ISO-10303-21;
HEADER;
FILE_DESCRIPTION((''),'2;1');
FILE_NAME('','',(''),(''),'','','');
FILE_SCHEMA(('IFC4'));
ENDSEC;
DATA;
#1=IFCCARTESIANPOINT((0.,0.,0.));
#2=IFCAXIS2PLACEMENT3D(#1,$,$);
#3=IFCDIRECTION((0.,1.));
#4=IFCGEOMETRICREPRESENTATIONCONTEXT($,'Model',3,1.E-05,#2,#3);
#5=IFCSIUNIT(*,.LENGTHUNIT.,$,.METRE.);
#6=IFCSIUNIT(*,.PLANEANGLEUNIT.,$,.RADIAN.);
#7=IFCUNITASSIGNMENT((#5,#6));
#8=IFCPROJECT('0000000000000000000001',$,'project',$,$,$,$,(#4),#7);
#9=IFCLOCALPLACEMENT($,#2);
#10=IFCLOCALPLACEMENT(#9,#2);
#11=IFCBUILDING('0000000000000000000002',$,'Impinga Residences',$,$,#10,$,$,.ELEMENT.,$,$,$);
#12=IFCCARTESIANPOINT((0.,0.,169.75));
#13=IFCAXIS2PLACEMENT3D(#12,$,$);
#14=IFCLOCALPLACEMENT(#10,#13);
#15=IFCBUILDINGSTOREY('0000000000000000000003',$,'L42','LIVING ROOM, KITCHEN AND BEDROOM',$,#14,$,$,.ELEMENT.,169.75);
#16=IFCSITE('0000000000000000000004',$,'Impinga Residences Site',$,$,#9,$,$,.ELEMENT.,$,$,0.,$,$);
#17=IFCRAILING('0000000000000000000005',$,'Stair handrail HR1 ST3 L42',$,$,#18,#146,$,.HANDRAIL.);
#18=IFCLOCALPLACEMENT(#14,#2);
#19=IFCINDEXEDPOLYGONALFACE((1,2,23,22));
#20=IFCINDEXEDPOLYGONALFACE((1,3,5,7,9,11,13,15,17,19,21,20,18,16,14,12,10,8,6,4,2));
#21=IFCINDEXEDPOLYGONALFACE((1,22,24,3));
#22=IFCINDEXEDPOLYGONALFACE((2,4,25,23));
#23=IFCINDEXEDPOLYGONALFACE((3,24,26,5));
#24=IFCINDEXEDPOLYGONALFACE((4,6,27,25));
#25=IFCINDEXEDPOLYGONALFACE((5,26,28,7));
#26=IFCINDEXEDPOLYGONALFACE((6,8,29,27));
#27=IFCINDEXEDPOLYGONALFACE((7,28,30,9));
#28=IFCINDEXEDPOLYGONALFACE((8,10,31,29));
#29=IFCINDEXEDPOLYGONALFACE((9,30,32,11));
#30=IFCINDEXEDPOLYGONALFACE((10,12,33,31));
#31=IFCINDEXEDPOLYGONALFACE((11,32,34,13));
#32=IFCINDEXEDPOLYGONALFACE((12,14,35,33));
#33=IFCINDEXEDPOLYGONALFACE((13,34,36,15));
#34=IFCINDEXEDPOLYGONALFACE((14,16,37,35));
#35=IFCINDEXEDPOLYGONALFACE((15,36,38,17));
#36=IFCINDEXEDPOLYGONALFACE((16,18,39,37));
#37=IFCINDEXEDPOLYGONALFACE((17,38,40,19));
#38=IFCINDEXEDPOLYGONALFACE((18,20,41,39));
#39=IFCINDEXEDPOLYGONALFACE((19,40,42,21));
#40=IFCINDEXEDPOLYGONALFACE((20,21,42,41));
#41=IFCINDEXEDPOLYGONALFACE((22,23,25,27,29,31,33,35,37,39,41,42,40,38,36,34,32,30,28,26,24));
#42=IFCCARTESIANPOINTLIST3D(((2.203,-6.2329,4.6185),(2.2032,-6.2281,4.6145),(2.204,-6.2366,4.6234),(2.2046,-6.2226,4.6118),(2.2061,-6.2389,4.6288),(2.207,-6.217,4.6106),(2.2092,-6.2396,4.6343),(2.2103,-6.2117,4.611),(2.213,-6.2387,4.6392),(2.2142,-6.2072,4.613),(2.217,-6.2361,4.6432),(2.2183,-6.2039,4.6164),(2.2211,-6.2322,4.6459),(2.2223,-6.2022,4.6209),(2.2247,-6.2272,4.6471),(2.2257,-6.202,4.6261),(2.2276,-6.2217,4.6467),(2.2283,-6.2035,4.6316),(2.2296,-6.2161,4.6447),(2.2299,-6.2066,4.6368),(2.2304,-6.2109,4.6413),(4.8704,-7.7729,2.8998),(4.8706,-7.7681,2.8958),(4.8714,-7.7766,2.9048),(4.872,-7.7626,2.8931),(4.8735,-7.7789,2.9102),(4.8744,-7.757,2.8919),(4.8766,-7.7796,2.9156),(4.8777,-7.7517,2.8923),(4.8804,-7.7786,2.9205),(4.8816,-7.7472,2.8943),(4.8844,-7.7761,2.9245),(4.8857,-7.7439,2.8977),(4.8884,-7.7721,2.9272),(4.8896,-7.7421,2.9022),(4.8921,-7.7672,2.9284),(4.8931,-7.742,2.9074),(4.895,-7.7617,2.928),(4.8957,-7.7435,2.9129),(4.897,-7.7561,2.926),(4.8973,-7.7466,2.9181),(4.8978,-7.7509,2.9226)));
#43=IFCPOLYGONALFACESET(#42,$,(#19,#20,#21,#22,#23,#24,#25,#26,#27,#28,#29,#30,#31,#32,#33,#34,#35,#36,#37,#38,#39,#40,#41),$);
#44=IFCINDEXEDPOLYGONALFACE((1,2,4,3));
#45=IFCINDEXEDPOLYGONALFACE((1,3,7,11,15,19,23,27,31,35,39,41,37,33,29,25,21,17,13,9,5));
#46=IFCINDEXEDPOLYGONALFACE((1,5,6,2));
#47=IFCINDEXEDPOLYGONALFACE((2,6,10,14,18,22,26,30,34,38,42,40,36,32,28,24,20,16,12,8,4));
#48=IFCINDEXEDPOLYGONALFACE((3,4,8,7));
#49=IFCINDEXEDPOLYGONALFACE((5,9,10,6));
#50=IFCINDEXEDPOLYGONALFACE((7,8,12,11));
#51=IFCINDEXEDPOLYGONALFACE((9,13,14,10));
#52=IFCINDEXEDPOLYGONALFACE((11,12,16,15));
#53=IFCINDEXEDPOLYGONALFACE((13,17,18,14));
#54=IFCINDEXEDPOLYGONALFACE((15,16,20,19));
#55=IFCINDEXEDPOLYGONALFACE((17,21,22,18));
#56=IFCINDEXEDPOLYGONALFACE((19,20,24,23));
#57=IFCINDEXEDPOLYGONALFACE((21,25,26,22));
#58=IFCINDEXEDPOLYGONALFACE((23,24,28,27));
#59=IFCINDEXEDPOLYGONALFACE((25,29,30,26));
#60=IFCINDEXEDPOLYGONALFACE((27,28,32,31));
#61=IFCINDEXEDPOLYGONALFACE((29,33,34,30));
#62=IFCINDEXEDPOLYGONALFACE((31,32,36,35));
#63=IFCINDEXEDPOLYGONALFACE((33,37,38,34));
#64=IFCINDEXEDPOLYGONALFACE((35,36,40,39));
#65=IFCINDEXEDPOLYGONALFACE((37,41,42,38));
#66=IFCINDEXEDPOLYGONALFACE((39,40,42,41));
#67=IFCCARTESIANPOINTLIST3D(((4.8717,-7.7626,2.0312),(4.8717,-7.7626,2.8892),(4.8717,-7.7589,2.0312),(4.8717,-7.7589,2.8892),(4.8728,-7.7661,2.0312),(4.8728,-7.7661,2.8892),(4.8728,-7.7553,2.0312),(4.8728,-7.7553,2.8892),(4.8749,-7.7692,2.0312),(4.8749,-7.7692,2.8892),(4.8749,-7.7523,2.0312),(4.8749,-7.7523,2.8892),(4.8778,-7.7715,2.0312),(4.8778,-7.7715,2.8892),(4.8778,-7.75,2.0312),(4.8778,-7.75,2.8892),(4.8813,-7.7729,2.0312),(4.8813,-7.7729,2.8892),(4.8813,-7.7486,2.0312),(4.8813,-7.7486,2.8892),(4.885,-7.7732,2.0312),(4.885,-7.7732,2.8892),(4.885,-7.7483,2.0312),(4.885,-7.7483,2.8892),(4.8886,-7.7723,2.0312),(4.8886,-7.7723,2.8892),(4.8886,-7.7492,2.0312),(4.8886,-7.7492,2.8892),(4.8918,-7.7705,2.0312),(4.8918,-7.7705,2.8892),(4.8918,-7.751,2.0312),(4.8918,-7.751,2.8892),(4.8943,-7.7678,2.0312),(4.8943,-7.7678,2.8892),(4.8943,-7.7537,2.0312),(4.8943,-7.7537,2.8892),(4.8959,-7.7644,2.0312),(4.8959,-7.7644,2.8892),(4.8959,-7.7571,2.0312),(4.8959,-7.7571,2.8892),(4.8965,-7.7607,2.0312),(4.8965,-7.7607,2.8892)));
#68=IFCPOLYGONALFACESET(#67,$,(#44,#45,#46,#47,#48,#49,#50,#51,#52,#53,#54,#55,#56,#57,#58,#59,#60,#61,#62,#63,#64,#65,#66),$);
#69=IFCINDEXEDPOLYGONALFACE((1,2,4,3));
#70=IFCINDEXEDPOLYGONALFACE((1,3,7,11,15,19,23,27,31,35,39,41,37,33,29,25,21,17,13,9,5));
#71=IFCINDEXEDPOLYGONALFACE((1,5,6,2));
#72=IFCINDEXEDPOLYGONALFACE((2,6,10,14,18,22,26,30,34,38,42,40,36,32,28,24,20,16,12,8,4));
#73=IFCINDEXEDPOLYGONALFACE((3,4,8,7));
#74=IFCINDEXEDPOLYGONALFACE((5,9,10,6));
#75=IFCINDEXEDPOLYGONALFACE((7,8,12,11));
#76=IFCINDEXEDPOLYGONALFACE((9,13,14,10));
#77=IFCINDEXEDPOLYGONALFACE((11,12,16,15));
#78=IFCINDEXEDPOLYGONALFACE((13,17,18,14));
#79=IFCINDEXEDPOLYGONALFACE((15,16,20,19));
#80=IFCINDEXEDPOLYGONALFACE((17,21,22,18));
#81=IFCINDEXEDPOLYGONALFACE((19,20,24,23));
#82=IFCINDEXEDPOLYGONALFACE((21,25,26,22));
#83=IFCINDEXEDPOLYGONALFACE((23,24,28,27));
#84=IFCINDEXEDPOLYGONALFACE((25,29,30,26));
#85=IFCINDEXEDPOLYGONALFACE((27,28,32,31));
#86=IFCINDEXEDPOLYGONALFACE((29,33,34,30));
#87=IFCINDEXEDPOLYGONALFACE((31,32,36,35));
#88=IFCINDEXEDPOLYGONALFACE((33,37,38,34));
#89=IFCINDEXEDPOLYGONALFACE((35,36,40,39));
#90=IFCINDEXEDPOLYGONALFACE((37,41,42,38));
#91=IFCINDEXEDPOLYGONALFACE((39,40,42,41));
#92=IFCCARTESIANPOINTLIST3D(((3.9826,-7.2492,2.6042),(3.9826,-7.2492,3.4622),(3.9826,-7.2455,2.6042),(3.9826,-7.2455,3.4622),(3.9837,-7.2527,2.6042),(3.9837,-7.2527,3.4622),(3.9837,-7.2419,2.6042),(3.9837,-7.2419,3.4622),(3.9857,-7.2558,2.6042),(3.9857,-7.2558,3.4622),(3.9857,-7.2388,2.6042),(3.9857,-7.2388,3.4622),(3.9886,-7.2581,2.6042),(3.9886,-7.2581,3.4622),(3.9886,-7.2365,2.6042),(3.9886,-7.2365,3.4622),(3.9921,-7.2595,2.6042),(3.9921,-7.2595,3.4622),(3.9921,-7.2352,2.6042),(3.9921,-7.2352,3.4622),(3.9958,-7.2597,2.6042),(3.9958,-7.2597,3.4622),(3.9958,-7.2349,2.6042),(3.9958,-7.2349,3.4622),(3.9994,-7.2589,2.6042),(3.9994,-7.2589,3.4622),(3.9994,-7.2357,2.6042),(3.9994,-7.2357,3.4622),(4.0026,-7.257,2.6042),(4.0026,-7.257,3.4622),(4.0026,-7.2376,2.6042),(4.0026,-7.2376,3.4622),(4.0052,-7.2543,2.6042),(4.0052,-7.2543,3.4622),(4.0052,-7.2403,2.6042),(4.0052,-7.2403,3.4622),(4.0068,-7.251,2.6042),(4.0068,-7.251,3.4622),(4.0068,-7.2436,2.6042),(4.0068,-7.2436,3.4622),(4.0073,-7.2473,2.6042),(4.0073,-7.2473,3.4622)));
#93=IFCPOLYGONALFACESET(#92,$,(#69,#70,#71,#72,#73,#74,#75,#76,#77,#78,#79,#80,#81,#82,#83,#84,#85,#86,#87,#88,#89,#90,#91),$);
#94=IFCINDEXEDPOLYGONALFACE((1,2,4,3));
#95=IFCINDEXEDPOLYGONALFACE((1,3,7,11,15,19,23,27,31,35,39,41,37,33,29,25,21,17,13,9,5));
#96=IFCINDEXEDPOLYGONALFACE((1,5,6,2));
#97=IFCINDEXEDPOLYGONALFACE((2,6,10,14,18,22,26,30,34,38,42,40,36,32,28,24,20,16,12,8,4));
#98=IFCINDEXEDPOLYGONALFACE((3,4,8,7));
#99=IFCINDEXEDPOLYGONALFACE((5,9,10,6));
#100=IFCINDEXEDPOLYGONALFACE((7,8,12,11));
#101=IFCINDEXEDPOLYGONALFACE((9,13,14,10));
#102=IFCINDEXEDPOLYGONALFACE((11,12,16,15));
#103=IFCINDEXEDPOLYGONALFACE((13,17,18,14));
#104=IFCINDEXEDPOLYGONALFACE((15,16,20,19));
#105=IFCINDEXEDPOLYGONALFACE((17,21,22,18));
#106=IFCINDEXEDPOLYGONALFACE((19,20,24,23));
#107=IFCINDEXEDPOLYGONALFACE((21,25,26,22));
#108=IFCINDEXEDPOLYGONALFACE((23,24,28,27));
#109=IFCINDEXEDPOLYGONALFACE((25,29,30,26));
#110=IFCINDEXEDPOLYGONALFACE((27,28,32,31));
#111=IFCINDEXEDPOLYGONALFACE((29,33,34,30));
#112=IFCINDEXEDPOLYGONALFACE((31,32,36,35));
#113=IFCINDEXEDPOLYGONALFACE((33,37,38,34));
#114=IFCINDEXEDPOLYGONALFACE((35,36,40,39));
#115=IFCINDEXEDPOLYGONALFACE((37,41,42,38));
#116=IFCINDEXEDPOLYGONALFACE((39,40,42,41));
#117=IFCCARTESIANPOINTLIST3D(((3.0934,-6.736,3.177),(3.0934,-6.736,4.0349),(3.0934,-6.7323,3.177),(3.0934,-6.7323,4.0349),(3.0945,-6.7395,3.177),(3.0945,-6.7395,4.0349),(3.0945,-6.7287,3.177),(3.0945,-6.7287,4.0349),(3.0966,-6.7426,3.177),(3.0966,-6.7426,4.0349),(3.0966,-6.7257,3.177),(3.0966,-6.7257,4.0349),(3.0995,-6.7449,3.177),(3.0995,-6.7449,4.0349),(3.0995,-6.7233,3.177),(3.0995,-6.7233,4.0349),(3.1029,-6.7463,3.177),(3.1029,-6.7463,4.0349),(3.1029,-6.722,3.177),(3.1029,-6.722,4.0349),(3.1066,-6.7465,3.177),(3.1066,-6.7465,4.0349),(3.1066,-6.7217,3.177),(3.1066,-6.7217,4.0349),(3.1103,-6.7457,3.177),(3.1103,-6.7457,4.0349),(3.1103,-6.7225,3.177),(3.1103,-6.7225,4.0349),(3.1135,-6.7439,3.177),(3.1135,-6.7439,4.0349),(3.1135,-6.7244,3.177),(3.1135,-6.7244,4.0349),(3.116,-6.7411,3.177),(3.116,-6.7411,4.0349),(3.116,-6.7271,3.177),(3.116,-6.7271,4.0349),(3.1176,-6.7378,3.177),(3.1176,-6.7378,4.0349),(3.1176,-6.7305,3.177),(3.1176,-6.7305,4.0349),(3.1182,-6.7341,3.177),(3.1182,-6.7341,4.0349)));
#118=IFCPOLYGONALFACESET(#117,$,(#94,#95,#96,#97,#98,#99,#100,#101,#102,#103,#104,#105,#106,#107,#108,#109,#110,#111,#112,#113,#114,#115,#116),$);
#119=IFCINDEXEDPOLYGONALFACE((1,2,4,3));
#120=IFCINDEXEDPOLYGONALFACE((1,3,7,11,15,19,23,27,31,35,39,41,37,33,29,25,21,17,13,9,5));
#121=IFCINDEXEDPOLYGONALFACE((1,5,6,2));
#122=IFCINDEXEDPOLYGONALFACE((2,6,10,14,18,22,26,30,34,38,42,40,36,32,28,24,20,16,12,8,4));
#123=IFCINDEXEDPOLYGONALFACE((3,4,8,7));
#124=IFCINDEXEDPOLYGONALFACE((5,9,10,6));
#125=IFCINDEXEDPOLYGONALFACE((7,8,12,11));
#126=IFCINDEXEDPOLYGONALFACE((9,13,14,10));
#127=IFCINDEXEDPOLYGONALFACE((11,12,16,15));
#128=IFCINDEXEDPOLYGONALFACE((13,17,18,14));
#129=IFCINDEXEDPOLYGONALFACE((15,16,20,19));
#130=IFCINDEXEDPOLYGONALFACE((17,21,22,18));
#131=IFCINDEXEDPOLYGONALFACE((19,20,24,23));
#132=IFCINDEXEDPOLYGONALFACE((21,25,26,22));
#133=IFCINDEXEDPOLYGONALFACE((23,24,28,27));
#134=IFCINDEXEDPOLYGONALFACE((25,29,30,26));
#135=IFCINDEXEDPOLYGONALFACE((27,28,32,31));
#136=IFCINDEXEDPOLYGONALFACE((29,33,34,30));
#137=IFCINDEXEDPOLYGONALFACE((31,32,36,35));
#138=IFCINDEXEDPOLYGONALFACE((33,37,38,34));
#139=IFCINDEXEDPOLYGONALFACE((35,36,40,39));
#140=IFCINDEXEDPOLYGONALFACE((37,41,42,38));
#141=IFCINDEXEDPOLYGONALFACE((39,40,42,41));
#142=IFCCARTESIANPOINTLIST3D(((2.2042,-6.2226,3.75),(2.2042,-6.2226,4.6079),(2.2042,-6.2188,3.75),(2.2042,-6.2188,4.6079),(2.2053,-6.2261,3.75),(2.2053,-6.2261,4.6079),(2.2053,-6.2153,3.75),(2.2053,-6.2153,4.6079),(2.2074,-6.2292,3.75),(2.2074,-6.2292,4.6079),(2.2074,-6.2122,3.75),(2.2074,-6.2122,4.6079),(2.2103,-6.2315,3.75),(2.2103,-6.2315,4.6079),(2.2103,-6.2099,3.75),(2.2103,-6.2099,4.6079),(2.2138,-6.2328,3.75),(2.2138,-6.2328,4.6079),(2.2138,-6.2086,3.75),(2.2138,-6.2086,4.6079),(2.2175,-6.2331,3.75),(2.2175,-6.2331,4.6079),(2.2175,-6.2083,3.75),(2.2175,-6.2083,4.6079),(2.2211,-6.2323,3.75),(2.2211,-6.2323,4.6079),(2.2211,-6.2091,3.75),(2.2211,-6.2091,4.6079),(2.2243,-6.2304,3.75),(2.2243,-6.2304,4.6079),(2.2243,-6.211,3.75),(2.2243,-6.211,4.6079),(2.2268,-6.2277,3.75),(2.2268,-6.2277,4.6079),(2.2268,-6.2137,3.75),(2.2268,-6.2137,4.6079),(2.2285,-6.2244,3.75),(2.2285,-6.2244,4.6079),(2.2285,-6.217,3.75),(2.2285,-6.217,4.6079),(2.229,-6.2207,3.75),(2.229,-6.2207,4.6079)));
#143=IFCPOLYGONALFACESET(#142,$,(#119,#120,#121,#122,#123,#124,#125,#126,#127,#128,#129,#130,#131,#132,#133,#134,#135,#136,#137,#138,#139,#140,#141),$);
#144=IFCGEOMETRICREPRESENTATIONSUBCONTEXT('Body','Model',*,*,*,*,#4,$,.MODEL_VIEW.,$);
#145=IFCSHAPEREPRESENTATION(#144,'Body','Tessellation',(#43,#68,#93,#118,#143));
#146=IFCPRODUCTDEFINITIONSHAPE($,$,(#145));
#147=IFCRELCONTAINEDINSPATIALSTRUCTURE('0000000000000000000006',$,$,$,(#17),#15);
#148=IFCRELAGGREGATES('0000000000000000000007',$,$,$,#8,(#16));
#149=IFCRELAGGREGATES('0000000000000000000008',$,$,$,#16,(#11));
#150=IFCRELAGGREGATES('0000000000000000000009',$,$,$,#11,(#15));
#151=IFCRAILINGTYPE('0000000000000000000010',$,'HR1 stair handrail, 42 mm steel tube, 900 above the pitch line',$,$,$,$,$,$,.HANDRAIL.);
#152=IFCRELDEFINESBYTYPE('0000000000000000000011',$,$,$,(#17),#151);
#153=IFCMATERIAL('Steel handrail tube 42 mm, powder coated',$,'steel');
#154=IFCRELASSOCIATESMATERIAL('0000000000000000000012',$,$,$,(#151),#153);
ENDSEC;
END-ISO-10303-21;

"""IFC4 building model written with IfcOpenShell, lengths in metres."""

from ifc_helpers import new_model, si_unit, direction, frame, origin, origin_2d, place, context, subcontext, project, spatial, circle, extrude, material, type_object, element, save


model = new_model("IFC4")

# Units and contexts
model_context = context("Model", 3, precision=1e-05, world=origin(), true_north=direction((0.0, 1.0)))
body_context = subcontext(model_context, "Body", "Model", "MODEL_VIEW")
ifc_project = project(units=[si_unit("LENGTHUNIT", "METRE"), si_unit("PLANEANGLEUNIT", "RADIAN")], contexts=[model_context])

# Site, building, storey
site_placement = place(None, origin())
site = spatial("IfcSite", under=ifc_project, at=site_placement, Name="Impinga Residences Site", CompositionType="ELEMENT", RefElevation=0.0)
building_placement = place(site_placement, origin())
building = spatial("IfcBuilding", under=site, at=building_placement, Name="Impinga Residences", CompositionType="ELEMENT")
storey_placement = place(building_placement, frame((0.0, 0.0, 169.75)))
storey = spatial("IfcBuildingStorey", under=building, at=storey_placement, Name="L42", Description="LIVING ROOM, KITCHEN AND BEDROOM", CompositionType="ELEMENT", Elevation=169.75)

# Railing
ifc_material_1 = material(Name="Steel handrail tube 42 mm, powder coated", Category="steel")
railing_type_1 = type_object("IfcRailingType", Name="HR1 stair handrail, 42 mm steel tube, 900 above the pitch line", PredefinedType="HANDRAIL", material=ifc_material_1)
railing_1_placement = place(storey_placement, frame((4.884, -7.7607, 2.0312)))
element("IfcRailing", 1, at=railing_1_placement, inside=storey, type_object=railing_type_1, Name="Stair handrail HR1 ST3 L42", PredefinedType="HANDRAIL", context=body_context, shape_type="SweptSolid", body=[
    extrude(circle(Radius=0.021, at=origin_2d()), frame((0.0, 0.0, 0.8789), z_axis=(-0.756256, 0.436616, 0.487282), x_axis=(-0.499992, -0.86603, 0.0)), (0.0, 0.0, 1.0), 3.5271),
    extrude(circle(Radius=0.0125, at=origin_2d()), origin(), (0.0, 0.0, 1.0), 0.8579),
    extrude(circle(Radius=0.0125, at=origin_2d()), frame((-0.8892, 0.5134, 0.573)), (0.0, 0.0, 1.0), 0.8579),
    extrude(circle(Radius=0.0125, at=origin_2d()), frame((-1.7783, 1.0266, 1.1458)), (0.0, 0.0, 1.0), 0.8579),
    extrude(circle(Radius=0.0125, at=origin_2d()), frame((-2.6675, 1.54, 1.7188)), (0.0, 0.0, 1.0), 0.8579),
])

save(model, "model.ifc")
